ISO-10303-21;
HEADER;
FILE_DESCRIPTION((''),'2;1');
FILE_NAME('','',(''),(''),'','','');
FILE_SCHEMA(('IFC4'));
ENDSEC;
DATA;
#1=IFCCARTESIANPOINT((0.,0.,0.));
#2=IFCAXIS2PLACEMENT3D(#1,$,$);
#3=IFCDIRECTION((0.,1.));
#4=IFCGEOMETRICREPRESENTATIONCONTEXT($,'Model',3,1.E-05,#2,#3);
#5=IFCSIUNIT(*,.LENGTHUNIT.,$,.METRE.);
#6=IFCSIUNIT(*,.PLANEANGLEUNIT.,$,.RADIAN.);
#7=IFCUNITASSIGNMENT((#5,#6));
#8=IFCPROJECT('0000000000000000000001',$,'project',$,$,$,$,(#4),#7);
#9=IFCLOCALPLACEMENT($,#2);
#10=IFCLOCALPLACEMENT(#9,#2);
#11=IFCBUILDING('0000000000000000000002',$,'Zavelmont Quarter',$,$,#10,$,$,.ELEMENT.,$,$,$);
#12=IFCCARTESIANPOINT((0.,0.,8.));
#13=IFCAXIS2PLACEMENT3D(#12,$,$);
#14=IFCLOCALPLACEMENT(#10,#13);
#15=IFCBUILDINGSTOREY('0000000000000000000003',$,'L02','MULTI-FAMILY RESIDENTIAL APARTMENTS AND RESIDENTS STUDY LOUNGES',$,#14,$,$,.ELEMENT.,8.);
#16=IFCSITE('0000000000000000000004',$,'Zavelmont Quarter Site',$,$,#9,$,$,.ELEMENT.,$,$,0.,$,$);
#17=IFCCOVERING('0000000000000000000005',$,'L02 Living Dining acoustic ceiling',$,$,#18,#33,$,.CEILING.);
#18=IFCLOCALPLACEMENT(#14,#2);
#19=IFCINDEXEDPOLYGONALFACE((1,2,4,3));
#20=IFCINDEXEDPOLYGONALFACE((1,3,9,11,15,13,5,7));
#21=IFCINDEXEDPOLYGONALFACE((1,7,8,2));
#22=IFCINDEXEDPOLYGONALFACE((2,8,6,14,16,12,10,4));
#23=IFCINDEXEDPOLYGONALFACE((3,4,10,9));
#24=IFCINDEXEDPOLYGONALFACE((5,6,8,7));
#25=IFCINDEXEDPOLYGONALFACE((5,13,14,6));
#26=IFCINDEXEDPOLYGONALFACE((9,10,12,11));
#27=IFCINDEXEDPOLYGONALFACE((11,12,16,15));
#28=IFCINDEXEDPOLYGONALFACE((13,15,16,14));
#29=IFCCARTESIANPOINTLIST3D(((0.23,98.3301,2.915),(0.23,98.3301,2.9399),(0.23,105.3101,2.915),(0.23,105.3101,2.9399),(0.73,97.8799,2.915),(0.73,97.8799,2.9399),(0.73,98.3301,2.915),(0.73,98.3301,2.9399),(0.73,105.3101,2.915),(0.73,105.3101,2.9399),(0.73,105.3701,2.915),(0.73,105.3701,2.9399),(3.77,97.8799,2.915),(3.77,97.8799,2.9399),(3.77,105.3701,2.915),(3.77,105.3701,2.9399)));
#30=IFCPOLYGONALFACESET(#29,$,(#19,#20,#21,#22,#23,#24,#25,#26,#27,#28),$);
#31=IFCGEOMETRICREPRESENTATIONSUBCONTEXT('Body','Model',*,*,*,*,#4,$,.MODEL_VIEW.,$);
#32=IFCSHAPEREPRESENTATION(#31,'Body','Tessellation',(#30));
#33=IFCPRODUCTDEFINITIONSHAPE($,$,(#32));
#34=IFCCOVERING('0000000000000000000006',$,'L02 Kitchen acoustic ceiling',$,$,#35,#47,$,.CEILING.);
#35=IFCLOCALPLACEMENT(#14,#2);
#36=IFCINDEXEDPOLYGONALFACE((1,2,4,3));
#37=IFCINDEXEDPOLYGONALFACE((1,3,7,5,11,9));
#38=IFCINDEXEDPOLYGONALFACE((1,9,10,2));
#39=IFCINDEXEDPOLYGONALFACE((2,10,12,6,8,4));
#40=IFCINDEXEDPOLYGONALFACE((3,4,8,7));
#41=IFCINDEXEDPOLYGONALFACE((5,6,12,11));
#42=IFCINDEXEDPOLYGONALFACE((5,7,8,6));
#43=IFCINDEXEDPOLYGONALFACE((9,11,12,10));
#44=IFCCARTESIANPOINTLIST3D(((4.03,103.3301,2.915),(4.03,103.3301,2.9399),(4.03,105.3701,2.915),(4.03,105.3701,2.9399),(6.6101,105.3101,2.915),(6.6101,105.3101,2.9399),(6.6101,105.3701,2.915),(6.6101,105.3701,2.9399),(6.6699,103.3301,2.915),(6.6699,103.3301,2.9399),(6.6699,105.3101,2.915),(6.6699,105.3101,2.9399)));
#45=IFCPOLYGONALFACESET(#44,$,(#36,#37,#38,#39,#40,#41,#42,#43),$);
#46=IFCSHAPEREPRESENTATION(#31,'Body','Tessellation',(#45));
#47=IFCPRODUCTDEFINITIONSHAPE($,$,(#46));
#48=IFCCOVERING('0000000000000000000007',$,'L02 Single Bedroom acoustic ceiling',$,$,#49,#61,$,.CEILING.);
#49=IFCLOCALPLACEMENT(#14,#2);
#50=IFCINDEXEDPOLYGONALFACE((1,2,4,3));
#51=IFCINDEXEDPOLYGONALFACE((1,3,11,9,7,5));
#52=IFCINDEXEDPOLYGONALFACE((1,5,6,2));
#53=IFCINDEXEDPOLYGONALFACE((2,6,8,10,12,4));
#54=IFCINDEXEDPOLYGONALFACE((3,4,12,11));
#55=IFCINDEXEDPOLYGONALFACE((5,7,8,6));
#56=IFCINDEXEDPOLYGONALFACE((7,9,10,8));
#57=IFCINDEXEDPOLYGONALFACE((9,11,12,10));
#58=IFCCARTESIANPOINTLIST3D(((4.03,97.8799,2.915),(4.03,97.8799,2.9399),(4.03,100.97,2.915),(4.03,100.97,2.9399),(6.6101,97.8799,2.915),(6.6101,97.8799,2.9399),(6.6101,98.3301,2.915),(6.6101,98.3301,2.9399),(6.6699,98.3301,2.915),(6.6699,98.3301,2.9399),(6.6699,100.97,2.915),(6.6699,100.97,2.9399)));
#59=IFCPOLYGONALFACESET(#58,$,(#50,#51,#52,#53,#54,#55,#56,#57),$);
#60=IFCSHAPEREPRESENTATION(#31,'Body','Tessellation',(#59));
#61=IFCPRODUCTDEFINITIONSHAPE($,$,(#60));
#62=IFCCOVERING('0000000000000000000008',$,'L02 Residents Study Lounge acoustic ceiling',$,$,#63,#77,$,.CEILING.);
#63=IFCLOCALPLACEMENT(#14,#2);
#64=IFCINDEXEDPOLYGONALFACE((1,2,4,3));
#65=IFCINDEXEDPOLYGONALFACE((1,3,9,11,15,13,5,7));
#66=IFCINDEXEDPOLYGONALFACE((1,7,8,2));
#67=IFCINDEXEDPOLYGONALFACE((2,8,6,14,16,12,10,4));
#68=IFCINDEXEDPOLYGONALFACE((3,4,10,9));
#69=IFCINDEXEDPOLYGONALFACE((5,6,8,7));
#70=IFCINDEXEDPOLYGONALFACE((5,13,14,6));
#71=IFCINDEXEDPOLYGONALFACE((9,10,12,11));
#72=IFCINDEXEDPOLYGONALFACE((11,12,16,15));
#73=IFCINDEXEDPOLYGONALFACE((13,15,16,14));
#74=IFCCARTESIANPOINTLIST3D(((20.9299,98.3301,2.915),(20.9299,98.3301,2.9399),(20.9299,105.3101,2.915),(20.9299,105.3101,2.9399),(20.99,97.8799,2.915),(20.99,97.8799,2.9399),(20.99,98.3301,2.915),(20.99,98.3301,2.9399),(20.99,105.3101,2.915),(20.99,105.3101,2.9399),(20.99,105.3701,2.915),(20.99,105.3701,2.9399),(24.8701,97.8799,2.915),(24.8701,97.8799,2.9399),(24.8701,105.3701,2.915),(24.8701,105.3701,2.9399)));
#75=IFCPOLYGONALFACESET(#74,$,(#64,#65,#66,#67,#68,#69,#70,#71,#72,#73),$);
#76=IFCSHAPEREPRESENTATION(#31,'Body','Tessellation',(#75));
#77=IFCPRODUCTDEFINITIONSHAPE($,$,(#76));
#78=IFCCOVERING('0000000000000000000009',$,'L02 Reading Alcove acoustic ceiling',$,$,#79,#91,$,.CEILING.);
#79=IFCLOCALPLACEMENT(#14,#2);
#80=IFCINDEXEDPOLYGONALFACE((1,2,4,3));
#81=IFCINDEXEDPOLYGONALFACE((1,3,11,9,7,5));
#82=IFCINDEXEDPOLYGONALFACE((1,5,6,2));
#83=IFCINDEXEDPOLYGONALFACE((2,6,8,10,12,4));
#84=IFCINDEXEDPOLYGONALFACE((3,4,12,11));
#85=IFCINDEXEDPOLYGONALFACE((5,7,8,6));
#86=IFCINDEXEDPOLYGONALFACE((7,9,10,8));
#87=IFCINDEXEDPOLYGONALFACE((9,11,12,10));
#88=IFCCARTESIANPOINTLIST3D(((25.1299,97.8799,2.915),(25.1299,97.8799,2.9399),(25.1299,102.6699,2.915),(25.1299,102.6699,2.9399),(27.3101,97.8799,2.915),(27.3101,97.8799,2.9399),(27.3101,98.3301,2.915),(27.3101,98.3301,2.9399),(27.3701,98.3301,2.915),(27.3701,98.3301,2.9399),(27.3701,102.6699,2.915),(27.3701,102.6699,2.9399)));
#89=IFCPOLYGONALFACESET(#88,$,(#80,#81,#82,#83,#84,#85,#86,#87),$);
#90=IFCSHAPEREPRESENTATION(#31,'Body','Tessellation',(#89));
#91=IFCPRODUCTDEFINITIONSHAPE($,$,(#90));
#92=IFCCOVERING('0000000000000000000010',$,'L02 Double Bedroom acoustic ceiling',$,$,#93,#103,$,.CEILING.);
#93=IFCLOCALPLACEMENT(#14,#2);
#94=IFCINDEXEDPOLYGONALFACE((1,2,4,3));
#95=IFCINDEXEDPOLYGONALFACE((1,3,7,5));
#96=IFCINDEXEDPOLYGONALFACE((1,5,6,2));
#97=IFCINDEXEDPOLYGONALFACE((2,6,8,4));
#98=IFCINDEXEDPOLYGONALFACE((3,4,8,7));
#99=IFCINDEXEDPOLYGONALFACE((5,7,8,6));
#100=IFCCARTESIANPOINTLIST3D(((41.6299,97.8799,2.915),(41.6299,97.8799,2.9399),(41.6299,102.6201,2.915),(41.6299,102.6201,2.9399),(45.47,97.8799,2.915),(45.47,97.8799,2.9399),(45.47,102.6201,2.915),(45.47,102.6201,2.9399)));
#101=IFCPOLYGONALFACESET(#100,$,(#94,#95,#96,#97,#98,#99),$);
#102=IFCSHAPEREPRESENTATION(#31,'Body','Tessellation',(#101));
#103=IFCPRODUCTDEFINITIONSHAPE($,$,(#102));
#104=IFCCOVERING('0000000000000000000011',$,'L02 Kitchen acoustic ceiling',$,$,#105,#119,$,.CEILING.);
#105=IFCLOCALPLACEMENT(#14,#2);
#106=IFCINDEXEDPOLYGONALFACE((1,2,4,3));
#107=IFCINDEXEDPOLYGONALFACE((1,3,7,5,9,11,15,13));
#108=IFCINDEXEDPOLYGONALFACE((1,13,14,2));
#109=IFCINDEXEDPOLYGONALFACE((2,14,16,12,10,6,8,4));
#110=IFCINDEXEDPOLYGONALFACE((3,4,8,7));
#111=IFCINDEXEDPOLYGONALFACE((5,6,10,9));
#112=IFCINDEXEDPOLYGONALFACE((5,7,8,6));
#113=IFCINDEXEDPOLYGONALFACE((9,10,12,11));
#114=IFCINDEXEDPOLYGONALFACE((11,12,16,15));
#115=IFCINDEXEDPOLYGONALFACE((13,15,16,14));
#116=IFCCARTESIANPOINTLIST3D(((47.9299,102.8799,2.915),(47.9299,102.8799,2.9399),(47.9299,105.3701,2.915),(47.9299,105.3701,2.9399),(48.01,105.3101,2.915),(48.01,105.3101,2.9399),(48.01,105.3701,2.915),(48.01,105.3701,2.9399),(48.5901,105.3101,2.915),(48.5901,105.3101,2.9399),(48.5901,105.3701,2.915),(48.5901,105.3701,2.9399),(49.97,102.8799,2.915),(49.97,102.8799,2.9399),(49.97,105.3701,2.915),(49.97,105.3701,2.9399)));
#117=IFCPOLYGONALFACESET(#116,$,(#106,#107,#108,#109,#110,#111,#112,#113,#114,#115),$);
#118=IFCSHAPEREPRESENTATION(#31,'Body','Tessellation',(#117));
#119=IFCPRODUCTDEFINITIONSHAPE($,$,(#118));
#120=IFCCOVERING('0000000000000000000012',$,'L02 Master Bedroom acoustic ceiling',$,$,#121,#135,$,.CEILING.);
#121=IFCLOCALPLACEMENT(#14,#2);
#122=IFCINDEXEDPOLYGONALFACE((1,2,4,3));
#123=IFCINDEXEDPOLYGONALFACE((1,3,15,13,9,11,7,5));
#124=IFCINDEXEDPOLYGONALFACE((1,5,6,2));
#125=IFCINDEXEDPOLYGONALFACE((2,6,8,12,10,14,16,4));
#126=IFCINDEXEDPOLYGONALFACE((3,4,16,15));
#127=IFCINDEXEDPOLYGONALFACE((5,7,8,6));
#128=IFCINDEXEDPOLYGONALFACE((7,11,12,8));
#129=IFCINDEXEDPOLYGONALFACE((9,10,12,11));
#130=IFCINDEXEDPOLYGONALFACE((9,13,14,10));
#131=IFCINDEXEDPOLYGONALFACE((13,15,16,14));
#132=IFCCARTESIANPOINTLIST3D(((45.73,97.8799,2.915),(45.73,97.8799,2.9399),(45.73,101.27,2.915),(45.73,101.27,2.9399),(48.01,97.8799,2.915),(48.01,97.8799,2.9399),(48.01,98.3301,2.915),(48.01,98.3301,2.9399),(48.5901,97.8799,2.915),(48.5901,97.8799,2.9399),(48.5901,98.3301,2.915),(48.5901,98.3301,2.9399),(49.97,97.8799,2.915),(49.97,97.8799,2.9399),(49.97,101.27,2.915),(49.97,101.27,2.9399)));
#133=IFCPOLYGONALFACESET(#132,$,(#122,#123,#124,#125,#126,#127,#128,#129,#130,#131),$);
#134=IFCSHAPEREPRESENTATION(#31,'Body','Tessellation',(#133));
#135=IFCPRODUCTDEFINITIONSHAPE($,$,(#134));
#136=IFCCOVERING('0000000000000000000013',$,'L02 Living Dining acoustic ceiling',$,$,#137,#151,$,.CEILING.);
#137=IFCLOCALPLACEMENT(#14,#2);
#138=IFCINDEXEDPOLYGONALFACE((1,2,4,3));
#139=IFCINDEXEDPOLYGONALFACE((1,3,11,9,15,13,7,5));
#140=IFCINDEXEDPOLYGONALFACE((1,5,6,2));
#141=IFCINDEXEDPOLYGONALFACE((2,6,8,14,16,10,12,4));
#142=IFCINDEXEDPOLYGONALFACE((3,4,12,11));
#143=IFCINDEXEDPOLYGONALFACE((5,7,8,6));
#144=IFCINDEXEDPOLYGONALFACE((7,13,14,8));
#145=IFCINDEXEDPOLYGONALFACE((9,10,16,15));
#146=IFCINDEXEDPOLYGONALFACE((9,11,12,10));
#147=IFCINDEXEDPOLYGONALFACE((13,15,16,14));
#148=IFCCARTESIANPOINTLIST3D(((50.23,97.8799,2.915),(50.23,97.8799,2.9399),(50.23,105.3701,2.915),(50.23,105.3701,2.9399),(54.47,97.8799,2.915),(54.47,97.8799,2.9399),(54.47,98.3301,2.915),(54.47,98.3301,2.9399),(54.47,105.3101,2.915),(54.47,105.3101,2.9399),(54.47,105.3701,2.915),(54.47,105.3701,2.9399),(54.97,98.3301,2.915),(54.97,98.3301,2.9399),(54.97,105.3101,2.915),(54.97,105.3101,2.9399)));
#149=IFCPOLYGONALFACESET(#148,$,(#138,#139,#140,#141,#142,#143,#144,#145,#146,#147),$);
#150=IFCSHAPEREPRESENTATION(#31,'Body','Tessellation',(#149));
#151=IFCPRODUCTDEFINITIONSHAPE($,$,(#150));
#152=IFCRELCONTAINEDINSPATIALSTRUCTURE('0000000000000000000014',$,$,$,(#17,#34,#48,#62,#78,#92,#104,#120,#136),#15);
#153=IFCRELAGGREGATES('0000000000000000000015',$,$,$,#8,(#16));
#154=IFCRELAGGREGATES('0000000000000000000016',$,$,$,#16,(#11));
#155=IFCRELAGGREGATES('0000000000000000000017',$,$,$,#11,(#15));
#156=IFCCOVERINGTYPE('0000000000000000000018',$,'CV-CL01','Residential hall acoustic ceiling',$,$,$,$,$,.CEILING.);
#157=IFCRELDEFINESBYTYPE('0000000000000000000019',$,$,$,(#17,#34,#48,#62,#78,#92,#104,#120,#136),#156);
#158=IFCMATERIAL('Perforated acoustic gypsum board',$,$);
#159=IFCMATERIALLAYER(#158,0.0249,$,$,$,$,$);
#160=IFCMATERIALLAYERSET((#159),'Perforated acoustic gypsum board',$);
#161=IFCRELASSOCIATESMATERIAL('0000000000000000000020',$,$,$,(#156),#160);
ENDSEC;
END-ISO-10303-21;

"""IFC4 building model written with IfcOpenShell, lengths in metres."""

from ifc_helpers import new_model, si_unit, direction, frame, origin, place, context, subcontext, project, spatial, polyline, outline, extrude, material, layer, layer_set, type_object, element, save


model = new_model("IFC4")

# Units and contexts
model_context = context("Model", 3, precision=1e-05, world=origin(), true_north=direction((0.0, 1.0)))
body_context = subcontext(model_context, "Body", "Model", "MODEL_VIEW")
ifc_project = project(units=[si_unit("LENGTHUNIT", "METRE"), si_unit("PLANEANGLEUNIT", "RADIAN")], contexts=[model_context])

# Site, building, storey
site_placement = place(None, origin())
site = spatial("IfcSite", under=ifc_project, at=site_placement, Name="Zavelmont Quarter Site", CompositionType="ELEMENT", RefElevation=0.0)
building_placement = place(site_placement, origin())
building = spatial("IfcBuilding", under=site, at=building_placement, Name="Zavelmont Quarter", CompositionType="ELEMENT")
storey_placement = place(building_placement, frame((0.0, 0.0, 8.0)))
storey = spatial("IfcBuildingStorey", under=building, at=storey_placement, Name="L02", Description="MULTI-FAMILY RESIDENTIAL APARTMENTS AND RESIDENTS STUDY LOUNGES", CompositionType="ELEMENT", Elevation=8.0)

# Coverings
ifc_material_1 = material(Name="Perforated acoustic gypsum board")
ifc_layer_1 = layer(ifc_material_1, 0.0249)
ifc_layer_set_1 = layer_set([ifc_layer_1], Name="Perforated acoustic gypsum board")
covering_type_1 = type_object("IfcCoveringType", Name="CV-CL01", Description="Residential hall acoustic ceiling", PredefinedType="CEILING", material=ifc_layer_set_1)
covering_1_placement = place(storey_placement, frame((0.0, 0.0, 2.915)))
element("IfcCovering", 1, at=covering_1_placement, inside=storey, type_object=covering_type_1, Name="L02 Living Dining acoustic ceiling", PredefinedType="CEILING", context=body_context, shape_type="SweptSolid", body=[
    extrude(outline(polyline([(0.23, 105.3101), (0.73, 105.3101), (0.73, 105.3701), (3.77, 105.3701), (3.77, 97.8799), (0.73, 97.8799), (0.73, 98.3301), (0.23, 98.3301), (0.23, 105.3101)])), origin(), (0.0, 0.0, 1.0), 0.0249),
])
covering_2_placement = place(storey_placement, frame((0.0, 0.0, 2.915)))
element("IfcCovering", 2, at=covering_2_placement, inside=storey, type_object=covering_type_1, Name="L02 Kitchen acoustic ceiling", PredefinedType="CEILING", context=body_context, shape_type="SweptSolid", body=[
    extrude(outline(polyline([(4.03, 105.3701), (6.6101, 105.3701), (6.6101, 105.3101), (6.6699, 105.3101), (6.6699, 103.3301), (4.03, 103.3301), (4.03, 105.3701)])), origin(), (0.0, 0.0, 1.0), 0.0249),
])
covering_3_placement = place(storey_placement, frame((0.0, 0.0, 2.915)))
element("IfcCovering", 3, at=covering_3_placement, inside=storey, type_object=covering_type_1, Name="L02 Single Bedroom acoustic ceiling", PredefinedType="CEILING", context=body_context, shape_type="SweptSolid", body=[
    extrude(outline(polyline([(4.03, 100.97), (6.6699, 100.97), (6.6699, 98.3301), (6.6101, 98.3301), (6.6101, 97.8799), (4.03, 97.8799), (4.03, 100.97)])), origin(), (0.0, 0.0, 1.0), 0.0249),
])
covering_4_placement = place(storey_placement, frame((0.0, 0.0, 2.915)))
element("IfcCovering", 4, at=covering_4_placement, inside=storey, type_object=covering_type_1, Name="L02 Residents Study Lounge acoustic ceiling", PredefinedType="CEILING", context=body_context, shape_type="SweptSolid", body=[
    extrude(outline(polyline([(20.9299, 105.3101), (20.99, 105.3101), (20.99, 105.3701), (24.8701, 105.3701), (24.8701, 97.8799), (20.99, 97.8799), (20.99, 98.3301), (20.9299, 98.3301), (20.9299, 105.3101)])), origin(), (0.0, 0.0, 1.0), 0.0249),
])
covering_5_placement = place(storey_placement, frame((0.0, 0.0, 2.915)))
element("IfcCovering", 5, at=covering_5_placement, inside=storey, type_object=covering_type_1, Name="L02 Reading Alcove acoustic ceiling", PredefinedType="CEILING", context=body_context, shape_type="SweptSolid", body=[
    extrude(outline(polyline([(25.1299, 102.6699), (27.3701, 102.6699), (27.3701, 98.3301), (27.3101, 98.3301), (27.3101, 97.8799), (25.1299, 97.8799), (25.1299, 102.6699)])), origin(), (0.0, 0.0, 1.0), 0.0249),
])
covering_6_placement = place(storey_placement, frame((0.0, 0.0, 2.915)))
element("IfcCovering", 6, at=covering_6_placement, inside=storey, type_object=covering_type_1, Name="L02 Double Bedroom acoustic ceiling", PredefinedType="CEILING", context=body_context, shape_type="SweptSolid", body=[
    extrude(outline(polyline([(41.6299, 102.6201), (45.47, 102.6201), (45.47, 97.8799), (41.6299, 97.8799), (41.6299, 102.6201)])), origin(), (0.0, 0.0, 1.0), 0.0249),
])
covering_7_placement = place(storey_placement, frame((0.0, 0.0, 2.915)))
element("IfcCovering", 7, at=covering_7_placement, inside=storey, type_object=covering_type_1, Name="L02 Kitchen acoustic ceiling", PredefinedType="CEILING", context=body_context, shape_type="SweptSolid", body=[
    extrude(outline(polyline([(47.9299, 105.3701), (48.01, 105.3701), (48.01, 105.3101), (48.5901, 105.3101), (48.5901, 105.3701), (49.97, 105.3701), (49.97, 102.8799), (47.9299, 102.8799), (47.9299, 105.3701)])), origin(), (0.0, 0.0, 1.0), 0.0249),
])
covering_8_placement = place(storey_placement, frame((0.0, 0.0, 2.915)))
element("IfcCovering", 8, at=covering_8_placement, inside=storey, type_object=covering_type_1, Name="L02 Master Bedroom acoustic ceiling", PredefinedType="CEILING", context=body_context, shape_type="SweptSolid", body=[
    extrude(outline(polyline([(45.73, 101.27), (49.97, 101.27), (49.97, 97.8799), (48.5901, 97.8799), (48.5901, 98.3301), (48.01, 98.3301), (48.01, 97.8799), (45.73, 97.8799), (45.73, 101.27)])), origin(), (0.0, 0.0, 1.0), 0.0249),
])
covering_9_placement = place(storey_placement, frame((0.0, 0.0, 2.915)))
element("IfcCovering", 9, at=covering_9_placement, inside=storey, type_object=covering_type_1, Name="L02 Living Dining acoustic ceiling", PredefinedType="CEILING", context=body_context, shape_type="SweptSolid", body=[
    extrude(outline(polyline([(50.23, 105.3701), (54.47, 105.3701), (54.47, 105.3101), (54.97, 105.3101), (54.97, 98.3301), (54.47, 98.3301), (54.47, 97.8799), (50.23, 97.8799), (50.23, 105.3701)])), origin(), (0.0, 0.0, 1.0), 0.0249),
])

save(model, "model.ifc")
